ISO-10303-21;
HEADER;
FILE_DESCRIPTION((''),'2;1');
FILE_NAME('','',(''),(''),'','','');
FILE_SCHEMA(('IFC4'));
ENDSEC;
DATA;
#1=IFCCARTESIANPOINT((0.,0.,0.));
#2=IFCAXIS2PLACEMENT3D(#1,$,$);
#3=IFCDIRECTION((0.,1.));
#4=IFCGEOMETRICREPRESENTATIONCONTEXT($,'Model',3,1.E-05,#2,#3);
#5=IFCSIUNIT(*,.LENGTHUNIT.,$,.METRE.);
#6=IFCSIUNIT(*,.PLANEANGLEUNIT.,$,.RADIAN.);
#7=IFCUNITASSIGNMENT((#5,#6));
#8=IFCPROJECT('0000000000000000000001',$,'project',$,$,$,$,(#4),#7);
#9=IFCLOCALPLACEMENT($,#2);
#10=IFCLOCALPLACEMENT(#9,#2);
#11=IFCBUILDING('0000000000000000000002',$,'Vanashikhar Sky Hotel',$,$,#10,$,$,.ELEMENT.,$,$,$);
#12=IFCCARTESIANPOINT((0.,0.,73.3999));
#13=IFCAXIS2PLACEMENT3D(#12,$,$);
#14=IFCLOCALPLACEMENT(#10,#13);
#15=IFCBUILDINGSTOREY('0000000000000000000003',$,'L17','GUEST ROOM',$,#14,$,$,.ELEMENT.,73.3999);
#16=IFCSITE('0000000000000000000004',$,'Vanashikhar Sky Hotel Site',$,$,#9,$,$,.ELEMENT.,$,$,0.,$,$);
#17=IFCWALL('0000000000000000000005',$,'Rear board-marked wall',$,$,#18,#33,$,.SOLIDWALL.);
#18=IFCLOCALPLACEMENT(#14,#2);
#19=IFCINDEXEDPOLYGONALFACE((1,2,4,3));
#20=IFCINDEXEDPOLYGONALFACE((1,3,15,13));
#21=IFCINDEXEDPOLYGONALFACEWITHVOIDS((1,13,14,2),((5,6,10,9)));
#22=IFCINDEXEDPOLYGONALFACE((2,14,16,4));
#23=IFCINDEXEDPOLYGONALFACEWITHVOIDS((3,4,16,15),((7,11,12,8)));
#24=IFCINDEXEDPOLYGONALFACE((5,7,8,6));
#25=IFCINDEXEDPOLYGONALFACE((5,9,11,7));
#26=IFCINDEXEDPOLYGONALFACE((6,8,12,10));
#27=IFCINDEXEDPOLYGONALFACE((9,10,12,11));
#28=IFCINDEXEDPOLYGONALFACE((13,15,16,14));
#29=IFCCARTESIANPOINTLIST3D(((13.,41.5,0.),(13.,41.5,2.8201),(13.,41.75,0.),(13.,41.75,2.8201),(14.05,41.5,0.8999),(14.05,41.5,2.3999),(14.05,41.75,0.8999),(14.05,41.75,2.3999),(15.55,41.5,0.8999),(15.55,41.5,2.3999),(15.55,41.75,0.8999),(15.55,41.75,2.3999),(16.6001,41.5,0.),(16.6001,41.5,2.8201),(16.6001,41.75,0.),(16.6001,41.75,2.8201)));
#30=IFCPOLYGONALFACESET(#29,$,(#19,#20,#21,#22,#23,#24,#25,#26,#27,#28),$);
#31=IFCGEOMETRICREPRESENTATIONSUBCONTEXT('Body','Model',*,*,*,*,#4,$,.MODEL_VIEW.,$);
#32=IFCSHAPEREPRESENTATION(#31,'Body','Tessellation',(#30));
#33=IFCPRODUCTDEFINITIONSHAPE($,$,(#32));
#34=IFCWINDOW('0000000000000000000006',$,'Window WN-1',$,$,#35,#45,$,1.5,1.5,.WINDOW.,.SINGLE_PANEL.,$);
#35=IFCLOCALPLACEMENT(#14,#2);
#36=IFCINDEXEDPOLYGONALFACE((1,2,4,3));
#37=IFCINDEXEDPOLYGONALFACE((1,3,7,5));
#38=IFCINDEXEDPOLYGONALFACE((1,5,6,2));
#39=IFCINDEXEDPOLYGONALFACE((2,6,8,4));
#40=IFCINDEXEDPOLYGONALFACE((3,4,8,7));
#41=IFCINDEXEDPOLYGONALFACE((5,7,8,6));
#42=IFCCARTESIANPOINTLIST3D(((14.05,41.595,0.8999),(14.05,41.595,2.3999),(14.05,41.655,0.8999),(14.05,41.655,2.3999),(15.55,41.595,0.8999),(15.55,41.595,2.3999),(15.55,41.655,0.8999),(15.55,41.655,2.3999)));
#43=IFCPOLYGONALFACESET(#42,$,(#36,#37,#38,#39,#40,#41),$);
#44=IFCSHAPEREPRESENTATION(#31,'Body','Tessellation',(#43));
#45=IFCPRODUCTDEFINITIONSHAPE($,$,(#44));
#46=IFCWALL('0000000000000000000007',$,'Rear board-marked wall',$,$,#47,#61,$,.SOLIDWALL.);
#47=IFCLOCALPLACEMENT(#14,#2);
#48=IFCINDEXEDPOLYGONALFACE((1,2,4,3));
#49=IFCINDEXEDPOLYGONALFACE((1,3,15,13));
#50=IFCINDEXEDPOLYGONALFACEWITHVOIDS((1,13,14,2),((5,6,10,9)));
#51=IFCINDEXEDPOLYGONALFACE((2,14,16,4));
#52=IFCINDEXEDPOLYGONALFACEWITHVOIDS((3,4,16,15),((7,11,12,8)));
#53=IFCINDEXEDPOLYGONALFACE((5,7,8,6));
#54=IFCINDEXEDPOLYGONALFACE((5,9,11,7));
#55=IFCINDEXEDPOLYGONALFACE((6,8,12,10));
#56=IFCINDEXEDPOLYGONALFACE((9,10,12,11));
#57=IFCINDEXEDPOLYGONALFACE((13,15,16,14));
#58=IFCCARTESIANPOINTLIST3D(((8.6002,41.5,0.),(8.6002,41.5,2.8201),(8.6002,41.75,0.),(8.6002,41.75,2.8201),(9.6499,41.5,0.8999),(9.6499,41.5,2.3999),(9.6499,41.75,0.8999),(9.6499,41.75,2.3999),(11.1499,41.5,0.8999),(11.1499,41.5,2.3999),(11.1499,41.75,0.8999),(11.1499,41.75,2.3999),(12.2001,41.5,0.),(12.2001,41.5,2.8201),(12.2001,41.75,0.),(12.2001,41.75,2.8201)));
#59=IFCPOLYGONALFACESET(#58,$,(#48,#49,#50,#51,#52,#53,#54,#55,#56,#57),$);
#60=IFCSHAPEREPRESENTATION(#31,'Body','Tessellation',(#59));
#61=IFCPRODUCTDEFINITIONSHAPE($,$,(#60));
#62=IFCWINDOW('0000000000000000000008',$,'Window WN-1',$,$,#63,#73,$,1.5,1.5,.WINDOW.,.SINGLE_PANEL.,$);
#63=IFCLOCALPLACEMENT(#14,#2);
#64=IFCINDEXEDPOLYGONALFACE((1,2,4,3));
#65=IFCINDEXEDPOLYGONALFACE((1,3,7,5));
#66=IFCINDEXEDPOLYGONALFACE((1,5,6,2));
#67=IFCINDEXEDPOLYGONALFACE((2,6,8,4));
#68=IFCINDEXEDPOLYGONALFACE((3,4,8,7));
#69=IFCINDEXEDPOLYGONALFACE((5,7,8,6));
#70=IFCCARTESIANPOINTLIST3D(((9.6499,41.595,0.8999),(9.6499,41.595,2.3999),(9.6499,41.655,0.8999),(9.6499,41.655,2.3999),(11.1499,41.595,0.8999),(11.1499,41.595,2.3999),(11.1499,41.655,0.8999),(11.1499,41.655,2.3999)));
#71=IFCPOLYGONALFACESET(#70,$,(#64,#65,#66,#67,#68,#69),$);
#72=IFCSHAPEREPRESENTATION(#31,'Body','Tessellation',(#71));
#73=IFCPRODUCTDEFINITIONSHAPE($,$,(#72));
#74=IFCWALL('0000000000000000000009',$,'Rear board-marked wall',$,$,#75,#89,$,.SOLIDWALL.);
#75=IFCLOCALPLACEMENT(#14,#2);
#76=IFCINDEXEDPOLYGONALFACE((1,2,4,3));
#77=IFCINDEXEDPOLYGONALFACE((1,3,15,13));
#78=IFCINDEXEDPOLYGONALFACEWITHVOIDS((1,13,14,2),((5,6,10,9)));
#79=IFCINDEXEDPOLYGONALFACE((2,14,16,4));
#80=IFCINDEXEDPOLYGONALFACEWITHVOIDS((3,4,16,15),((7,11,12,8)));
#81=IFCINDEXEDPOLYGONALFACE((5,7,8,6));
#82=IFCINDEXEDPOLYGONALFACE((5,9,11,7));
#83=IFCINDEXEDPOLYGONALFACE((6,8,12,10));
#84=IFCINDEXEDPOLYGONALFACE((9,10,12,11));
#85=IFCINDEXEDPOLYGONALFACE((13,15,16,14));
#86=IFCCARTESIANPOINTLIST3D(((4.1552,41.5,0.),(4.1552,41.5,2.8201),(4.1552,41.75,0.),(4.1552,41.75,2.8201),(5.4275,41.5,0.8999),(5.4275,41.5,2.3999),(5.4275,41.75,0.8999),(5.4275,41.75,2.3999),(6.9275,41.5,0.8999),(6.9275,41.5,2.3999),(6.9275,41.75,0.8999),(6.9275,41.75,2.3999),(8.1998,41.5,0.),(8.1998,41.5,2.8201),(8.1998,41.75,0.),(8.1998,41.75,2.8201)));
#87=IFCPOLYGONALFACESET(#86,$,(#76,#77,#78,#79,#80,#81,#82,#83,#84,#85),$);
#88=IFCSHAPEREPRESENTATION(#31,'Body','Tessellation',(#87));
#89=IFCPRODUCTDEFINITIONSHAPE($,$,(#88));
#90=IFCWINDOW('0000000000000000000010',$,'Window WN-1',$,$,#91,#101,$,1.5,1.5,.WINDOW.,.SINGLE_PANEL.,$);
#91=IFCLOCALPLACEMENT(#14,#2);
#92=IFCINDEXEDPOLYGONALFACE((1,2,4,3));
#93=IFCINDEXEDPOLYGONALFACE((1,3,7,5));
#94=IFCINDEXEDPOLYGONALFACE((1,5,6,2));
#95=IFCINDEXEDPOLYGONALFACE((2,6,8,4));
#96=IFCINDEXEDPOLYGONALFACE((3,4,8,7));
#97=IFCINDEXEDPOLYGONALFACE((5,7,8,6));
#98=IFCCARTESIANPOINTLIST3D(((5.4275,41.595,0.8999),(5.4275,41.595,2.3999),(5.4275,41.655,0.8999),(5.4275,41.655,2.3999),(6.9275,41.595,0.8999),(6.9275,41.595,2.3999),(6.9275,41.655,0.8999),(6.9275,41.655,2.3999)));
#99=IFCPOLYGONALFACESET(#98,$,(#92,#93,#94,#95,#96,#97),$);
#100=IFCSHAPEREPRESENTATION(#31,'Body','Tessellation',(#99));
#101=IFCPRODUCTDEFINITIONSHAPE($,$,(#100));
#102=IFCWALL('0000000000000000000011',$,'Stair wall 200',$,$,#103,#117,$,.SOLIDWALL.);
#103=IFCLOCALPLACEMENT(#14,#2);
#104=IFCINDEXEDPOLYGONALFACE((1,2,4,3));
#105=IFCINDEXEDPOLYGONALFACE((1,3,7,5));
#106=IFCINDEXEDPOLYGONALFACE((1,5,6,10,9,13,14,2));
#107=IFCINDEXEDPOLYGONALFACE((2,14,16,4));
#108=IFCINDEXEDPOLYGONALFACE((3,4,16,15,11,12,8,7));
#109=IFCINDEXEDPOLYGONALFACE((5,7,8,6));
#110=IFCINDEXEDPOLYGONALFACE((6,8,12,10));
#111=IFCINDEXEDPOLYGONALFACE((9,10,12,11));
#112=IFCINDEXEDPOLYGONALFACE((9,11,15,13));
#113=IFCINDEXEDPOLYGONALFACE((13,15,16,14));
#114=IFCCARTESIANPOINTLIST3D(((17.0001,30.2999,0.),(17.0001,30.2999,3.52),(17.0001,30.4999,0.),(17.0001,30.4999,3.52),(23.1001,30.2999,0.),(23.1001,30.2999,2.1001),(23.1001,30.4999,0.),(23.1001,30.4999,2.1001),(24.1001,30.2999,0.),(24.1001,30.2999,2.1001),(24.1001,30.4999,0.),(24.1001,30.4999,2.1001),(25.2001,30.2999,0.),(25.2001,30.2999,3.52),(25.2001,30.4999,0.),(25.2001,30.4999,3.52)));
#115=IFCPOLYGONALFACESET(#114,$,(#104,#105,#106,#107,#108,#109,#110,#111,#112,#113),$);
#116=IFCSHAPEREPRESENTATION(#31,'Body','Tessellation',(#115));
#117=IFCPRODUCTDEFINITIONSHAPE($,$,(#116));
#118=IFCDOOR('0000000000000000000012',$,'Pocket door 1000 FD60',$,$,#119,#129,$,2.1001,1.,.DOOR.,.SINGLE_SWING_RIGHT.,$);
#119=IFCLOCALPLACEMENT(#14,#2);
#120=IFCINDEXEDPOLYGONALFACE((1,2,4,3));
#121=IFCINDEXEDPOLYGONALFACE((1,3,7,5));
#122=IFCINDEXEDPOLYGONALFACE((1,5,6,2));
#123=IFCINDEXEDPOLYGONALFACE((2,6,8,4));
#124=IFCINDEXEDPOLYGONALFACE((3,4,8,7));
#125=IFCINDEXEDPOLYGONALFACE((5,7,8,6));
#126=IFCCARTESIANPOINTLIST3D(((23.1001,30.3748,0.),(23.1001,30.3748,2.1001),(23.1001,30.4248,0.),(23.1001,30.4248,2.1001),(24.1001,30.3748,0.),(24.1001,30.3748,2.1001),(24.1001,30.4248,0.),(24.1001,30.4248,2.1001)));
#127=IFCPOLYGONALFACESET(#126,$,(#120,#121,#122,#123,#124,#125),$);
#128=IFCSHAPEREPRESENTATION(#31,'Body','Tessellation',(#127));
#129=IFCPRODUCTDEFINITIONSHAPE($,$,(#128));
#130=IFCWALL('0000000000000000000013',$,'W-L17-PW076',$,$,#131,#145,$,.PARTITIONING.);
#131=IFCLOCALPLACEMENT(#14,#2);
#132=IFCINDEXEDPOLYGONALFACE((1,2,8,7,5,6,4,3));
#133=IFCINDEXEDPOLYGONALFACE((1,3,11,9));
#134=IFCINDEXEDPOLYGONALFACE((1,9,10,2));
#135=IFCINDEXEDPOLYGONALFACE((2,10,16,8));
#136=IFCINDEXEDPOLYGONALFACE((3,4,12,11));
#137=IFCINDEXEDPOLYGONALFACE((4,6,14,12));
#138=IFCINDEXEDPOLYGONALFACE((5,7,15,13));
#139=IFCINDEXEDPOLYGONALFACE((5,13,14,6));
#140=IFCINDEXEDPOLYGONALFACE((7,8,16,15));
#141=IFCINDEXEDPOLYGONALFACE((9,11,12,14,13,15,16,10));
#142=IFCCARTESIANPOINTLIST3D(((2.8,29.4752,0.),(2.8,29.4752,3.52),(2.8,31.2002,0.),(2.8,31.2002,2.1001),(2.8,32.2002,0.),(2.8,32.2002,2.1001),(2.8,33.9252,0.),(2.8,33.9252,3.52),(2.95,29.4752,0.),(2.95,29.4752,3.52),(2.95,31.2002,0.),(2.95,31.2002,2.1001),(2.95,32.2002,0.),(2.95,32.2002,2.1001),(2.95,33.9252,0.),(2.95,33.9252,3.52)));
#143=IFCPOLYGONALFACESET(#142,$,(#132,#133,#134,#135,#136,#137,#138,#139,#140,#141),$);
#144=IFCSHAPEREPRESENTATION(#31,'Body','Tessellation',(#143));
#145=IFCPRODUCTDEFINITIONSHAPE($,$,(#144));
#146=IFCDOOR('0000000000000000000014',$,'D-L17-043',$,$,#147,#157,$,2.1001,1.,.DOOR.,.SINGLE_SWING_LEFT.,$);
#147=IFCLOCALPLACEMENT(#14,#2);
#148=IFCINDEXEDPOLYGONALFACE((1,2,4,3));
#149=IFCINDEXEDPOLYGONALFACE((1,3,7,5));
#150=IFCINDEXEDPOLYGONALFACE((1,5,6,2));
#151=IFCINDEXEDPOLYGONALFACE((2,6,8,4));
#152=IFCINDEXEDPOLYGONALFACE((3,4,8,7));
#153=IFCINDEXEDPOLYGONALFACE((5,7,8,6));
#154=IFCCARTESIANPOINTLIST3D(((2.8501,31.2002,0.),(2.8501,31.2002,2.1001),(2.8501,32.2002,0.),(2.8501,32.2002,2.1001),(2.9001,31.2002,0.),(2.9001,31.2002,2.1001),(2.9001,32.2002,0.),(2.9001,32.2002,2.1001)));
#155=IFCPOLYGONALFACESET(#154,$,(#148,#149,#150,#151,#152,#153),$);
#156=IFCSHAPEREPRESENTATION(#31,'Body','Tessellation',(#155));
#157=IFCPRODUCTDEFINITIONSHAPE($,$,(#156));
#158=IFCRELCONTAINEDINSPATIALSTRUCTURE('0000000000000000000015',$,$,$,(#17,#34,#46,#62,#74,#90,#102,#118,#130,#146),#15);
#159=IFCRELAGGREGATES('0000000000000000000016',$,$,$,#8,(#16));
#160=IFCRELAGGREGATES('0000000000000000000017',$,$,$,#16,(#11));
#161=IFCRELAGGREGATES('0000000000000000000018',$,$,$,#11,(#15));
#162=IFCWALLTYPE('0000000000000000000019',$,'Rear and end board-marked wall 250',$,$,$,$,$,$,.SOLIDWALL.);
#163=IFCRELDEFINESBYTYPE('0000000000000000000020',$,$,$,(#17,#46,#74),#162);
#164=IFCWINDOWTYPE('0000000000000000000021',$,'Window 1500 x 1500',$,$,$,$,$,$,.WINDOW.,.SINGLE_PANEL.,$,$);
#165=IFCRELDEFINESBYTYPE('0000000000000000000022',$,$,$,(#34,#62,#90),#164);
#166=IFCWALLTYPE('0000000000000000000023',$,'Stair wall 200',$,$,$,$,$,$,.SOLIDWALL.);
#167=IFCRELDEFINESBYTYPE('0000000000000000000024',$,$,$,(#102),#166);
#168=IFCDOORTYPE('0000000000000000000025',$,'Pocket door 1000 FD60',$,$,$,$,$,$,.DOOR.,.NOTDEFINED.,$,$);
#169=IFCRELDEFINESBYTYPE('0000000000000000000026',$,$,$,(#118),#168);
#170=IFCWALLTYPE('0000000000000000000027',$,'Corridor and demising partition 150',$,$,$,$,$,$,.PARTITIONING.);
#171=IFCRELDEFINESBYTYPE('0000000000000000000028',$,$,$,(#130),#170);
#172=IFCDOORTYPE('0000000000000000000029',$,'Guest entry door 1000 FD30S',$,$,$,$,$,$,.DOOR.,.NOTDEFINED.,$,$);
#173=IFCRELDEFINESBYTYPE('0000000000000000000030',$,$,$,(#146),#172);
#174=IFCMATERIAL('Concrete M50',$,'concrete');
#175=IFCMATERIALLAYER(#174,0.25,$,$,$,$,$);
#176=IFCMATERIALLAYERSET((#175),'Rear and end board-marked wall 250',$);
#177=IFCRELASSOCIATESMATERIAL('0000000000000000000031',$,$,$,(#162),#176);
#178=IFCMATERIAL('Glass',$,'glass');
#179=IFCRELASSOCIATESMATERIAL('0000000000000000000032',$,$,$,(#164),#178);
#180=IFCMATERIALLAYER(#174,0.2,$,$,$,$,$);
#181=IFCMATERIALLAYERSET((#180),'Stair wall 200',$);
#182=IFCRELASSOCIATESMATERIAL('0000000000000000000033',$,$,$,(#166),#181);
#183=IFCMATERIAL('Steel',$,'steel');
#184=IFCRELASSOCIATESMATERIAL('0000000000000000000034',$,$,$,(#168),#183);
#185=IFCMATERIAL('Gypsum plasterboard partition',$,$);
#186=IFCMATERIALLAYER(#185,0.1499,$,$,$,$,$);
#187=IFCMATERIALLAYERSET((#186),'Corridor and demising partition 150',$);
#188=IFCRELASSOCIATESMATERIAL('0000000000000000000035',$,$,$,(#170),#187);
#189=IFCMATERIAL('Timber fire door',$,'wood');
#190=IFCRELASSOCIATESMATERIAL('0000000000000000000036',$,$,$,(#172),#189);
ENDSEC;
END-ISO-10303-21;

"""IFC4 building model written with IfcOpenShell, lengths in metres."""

from ifc_helpers import new_model, si_unit, direction, frame, frame_2d, origin, place, context, subcontext, project, spatial, rectangle, extrude, source, transform, mapped, material, layer, layer_set, type_object, element, fill, save


model = new_model("IFC4")

# Units and contexts
model_context = context("Model", 3, precision=1e-05, world=origin(), true_north=direction((0.0, 1.0)))
body_context = subcontext(model_context, "Body", "Model", "MODEL_VIEW")
ifc_project = project(units=[si_unit("LENGTHUNIT", "METRE"), si_unit("PLANEANGLEUNIT", "RADIAN")], contexts=[model_context])

# Site, building, storey
site_placement = place(None, origin())
site = spatial("IfcSite", under=ifc_project, at=site_placement, Name="Vanashikhar Sky Hotel Site", CompositionType="ELEMENT", RefElevation=0.0)
building_placement = place(site_placement, origin())
building = spatial("IfcBuilding", under=site, at=building_placement, Name="Vanashikhar Sky Hotel", CompositionType="ELEMENT")
storey_placement = place(building_placement, frame((0.0, 0.0, 73.3999)))
storey = spatial("IfcBuildingStorey", under=building, at=storey_placement, Name="L17", Description="GUEST ROOM", CompositionType="ELEMENT", Elevation=73.3999)

# Shared definitions
ifc_material_1 = material(Name="Concrete M50", Category="concrete")

# Shared definitions
ifc_material_2 = material(Name="Glass", Category="glass")

# Shared definitions
ifc_layer_1 = layer(ifc_material_1, 0.25)
ifc_layer_set_1 = layer_set([ifc_layer_1], Name="Rear and end board-marked wall 250")
wall_type_1 = type_object("IfcWallType", Name="Rear and end board-marked wall 250", PredefinedType="SOLIDWALL", material=ifc_layer_set_1)

# Walls, openings, windows
shared_shape_1 = source(origin(), body_context, "Body", "SweptSolid", [
    extrude(rectangle(XDim=3.6001, YDim=0.25, at=frame_2d((1.8, 0.0))), origin(), (0.0, 0.0, 1.0), 2.8201),
])
wall_1_placement = place(storey_placement, frame((16.6001, 41.625, 0.0), z_axis=(0.0, 0.0, 1.0), x_axis=(-1.0, 0.0, 0.0)))
wall_1 = element("IfcWall", 1, at=wall_1_placement, inside=storey, type_object=wall_type_1, Name="Rear board-marked wall", PredefinedType="SOLIDWALL", context=body_context, shape_type="MappedRepresentation", body=[
    mapped(shared_shape_1, transform((0.0, 0.0, 0.0), scale=1.0)),
])
shared_shape_2 = source(origin(), body_context, "Body", "SweptSolid", [
    extrude(rectangle(XDim=1.5, YDim=1.5, at=frame_2d((0.75, 0.75))), frame((0.0, 0.135, 0.0), z_axis=(0.0, -1.0, 0.0), x_axis=(1.0, 0.0, 0.0)), (0.0, 0.0, 1.0), 0.27),
])
opening_1_placement = place(wall_1_placement, frame((1.05, 0.0, 0.8999)))
opening_1 = element("IfcOpeningElement", 2, at=opening_1_placement, cuts=wall_1, PredefinedType="OPENING", context=body_context, shape_type="MappedRepresentation", body=[
    mapped(shared_shape_2, transform((0.0, 0.0, 0.0), scale=1.0)),
])
window_type_1 = type_object("IfcWindowType", Name="Window 1500 x 1500", PartitioningType="SINGLE_PANEL", PredefinedType="WINDOW", material=ifc_material_2)
shared_shape_3 = source(origin(), body_context, "Body", "SweptSolid", [
    extrude(rectangle(XDim=1.5, YDim=1.5, at=frame_2d((0.75, 0.75))), frame((0.0, 0.03, 0.0), z_axis=(0.0, -1.0, 0.0), x_axis=(1.0, 0.0, 0.0)), (0.0, 0.0, 1.0), 0.0601),
])
window_1_placement = place(opening_1_placement, origin())
window_1 = element("IfcWindow", 3, at=window_1_placement, inside=storey, type_object=window_type_1, Name="Window WN-1", OverallHeight=1.5, OverallWidth=1.5, PartitioningType="SINGLE_PANEL", PredefinedType="WINDOW", context=body_context, shape_type="MappedRepresentation", body=[
    mapped(shared_shape_3, transform((0.0, 0.0, 0.0), scale=1.0)),
])
fill(opening_1, window_1)
shared_shape_4 = source(origin(), body_context, "Body", "SweptSolid", [
    extrude(rectangle(XDim=3.5999, YDim=0.25, at=frame_2d((1.7998, 0.0))), origin(), (0.0, 0.0, 1.0), 2.8201),
])
wall_2_placement = place(storey_placement, frame((12.2, 41.625, 0.0), z_axis=(0.0, 0.0, 1.0), x_axis=(-1.0, 0.0, 0.0)))
wall_2 = element("IfcWall", 4, at=wall_2_placement, inside=storey, type_object=wall_type_1, Name="Rear board-marked wall", PredefinedType="SOLIDWALL", context=body_context, shape_type="MappedRepresentation", body=[
    mapped(shared_shape_4, transform((0.0, 0.0, 0.0), scale=1.0)),
])
opening_2_placement = place(wall_2_placement, frame((1.05, 0.0, 0.8999)))
opening_2 = element("IfcOpeningElement", 5, at=opening_2_placement, cuts=wall_2, PredefinedType="OPENING", context=body_context, shape_type="MappedRepresentation", body=[
    mapped(shared_shape_2, transform((0.0, 0.0, 0.0), scale=1.0)),
])
window_2_placement = place(opening_2_placement, origin())
window_2 = element("IfcWindow", 6, at=window_2_placement, inside=storey, type_object=window_type_1, Name="Window WN-1", OverallHeight=1.5, OverallWidth=1.5, PartitioningType="SINGLE_PANEL", PredefinedType="WINDOW", context=body_context, shape_type="MappedRepresentation", body=[
    mapped(shared_shape_3, transform((0.0, 0.0, 0.0), scale=1.0)),
])
fill(opening_2, window_2)
shared_shape_5 = source(origin(), body_context, "Body", "SweptSolid", [
    extrude(rectangle(XDim=4.0447, YDim=0.25, at=frame_2d((2.0225, 0.0))), origin(), (0.0, 0.0, 1.0), 2.8201),
])
wall_3_placement = place(storey_placement, frame((8.2, 41.625, 0.0), z_axis=(0.0, 0.0, 1.0), x_axis=(-1.0, 0.0, 0.0)))
wall_3 = element("IfcWall", 7, at=wall_3_placement, inside=storey, type_object=wall_type_1, Name="Rear board-marked wall", PredefinedType="SOLIDWALL", context=body_context, shape_type="MappedRepresentation", body=[
    mapped(shared_shape_5, transform((0.0, 0.0, 0.0), scale=1.0)),
])
opening_3_placement = place(wall_3_placement, frame((1.2725, 0.0, 0.8999)))
opening_3 = element("IfcOpeningElement", 8, at=opening_3_placement, cuts=wall_3, PredefinedType="OPENING", context=body_context, shape_type="MappedRepresentation", body=[
    mapped(shared_shape_2, transform((0.0, 0.0, 0.0), scale=1.0)),
])
window_3_placement = place(opening_3_placement, origin())
window_3 = element("IfcWindow", 9, at=window_3_placement, inside=storey, type_object=window_type_1, Name="Window WN-1", OverallHeight=1.5, OverallWidth=1.5, PartitioningType="SINGLE_PANEL", PredefinedType="WINDOW", context=body_context, shape_type="MappedRepresentation", body=[
    mapped(shared_shape_3, transform((0.0, 0.0, 0.0), scale=1.0)),
])
fill(opening_3, window_3)

# Walls, openings, doors
ifc_layer_2 = layer(ifc_material_1, 0.2)
ifc_layer_set_2 = layer_set([ifc_layer_2], Name="Stair wall 200")
wall_type_2 = type_object("IfcWallType", Name="Stair wall 200", PredefinedType="SOLIDWALL", material=ifc_layer_set_2)
shared_shape_6 = source(origin(), body_context, "Body", "SweptSolid", [
    extrude(rectangle(XDim=8.2, YDim=0.2, at=frame_2d((4.1001, 0.0))), origin(), (0.0, 0.0, 1.0), 3.52),
])
wall_4_placement = place(storey_placement, frame((17.0, 30.3999, 0.0), z_axis=(0.0, 0.0, 1.0), x_axis=(1.0, 0.0, 0.0)))
wall_4 = element("IfcWall", 10, at=wall_4_placement, inside=storey, type_object=wall_type_2, Name="Stair wall 200", PredefinedType="SOLIDWALL", context=body_context, shape_type="MappedRepresentation", body=[
    mapped(shared_shape_6, transform((0.0, 0.0, 0.0), scale=1.0)),
])
shared_shape_7 = source(origin(), body_context, "Body", "SweptSolid", [
    extrude(rectangle(XDim=1.0, YDim=2.1001, at=frame_2d((0.5, 1.05))), frame((0.0, 0.1099, 0.0), z_axis=(0.0, -1.0, 0.0), x_axis=(1.0, 0.0, 0.0)), (0.0, 0.0, 1.0), 0.22),
])
opening_4_placement = place(wall_4_placement, frame((6.1001, 0.0, 0.0)))
opening_4 = element("IfcOpeningElement", 11, at=opening_4_placement, cuts=wall_4, PredefinedType="OPENING", context=body_context, shape_type="MappedRepresentation", body=[
    mapped(shared_shape_7, transform((0.0, 0.0, 0.0), scale=1.0)),
])
ifc_material_3 = material(Name="Steel", Category="steel")
door_type_1 = type_object("IfcDoorType", Name="Pocket door 1000 FD60", OperationType="NOTDEFINED", PredefinedType="DOOR", material=ifc_material_3)
shared_shape_8 = source(origin(), body_context, "Body", "SweptSolid", [
    extrude(rectangle(XDim=1.0, YDim=2.1001, at=frame_2d((0.5, 1.05))), frame((0.0, 0.0249, 0.0), z_axis=(0.0, -1.0, 0.0), x_axis=(1.0, 0.0, 0.0)), (0.0, 0.0, 1.0), 0.05),
])
door_1_placement = place(opening_4_placement, origin())
door_1 = element("IfcDoor", 12, at=door_1_placement, inside=storey, type_object=door_type_1, Name="Pocket door 1000 FD60", OperationType="SINGLE_SWING_RIGHT", OverallHeight=2.1001, OverallWidth=1.0, PredefinedType="DOOR", context=body_context, shape_type="MappedRepresentation", body=[
    mapped(shared_shape_8, transform((0.0, 0.0, 0.0), scale=1.0)),
])
fill(opening_4, door_1)
ifc_material_4 = material(Name="Gypsum plasterboard partition")
ifc_layer_3 = layer(ifc_material_4, 0.1499)
ifc_layer_set_3 = layer_set([ifc_layer_3], Name="Corridor and demising partition 150")
wall_type_3 = type_object("IfcWallType", Name="Corridor and demising partition 150", PredefinedType="PARTITIONING", material=ifc_layer_set_3)
shared_shape_9 = source(origin(), body_context, "Body", "SweptSolid", [
    extrude(rectangle(XDim=4.45, YDim=0.1499, at=frame_2d((2.2251, 0.0))), origin(), (0.0, 0.0, 1.0), 3.52),
])
wall_5_placement = place(storey_placement, frame((2.875, 29.4751, 0.0), z_axis=(0.0, 0.0, 1.0), x_axis=(0.0, 1.0, 0.0)))
wall_5 = element("IfcWall", 13, at=wall_5_placement, inside=storey, type_object=wall_type_3, Name="W-L17-PW076", PredefinedType="PARTITIONING", context=body_context, shape_type="MappedRepresentation", body=[
    mapped(shared_shape_9, transform((0.0, 0.0, 0.0), scale=1.0)),
])
shared_shape_10 = source(origin(), body_context, "Body", "SweptSolid", [
    extrude(rectangle(XDim=1.0, YDim=2.1001, at=frame_2d((0.5, 1.05))), frame((0.0, 0.085, 0.0), z_axis=(0.0, -1.0, 0.0), x_axis=(1.0, 0.0, 0.0)), (0.0, 0.0, 1.0), 0.1699),
])
opening_5_placement = place(wall_5_placement, frame((1.7251, 0.0, 0.0)))
opening_5 = element("IfcOpeningElement", 14, at=opening_5_placement, cuts=wall_5, PredefinedType="OPENING", context=body_context, shape_type="MappedRepresentation", body=[
    mapped(shared_shape_10, transform((0.0, 0.0, 0.0), scale=1.0)),
])
ifc_material_5 = material(Name="Timber fire door", Category="wood")
door_type_2 = type_object("IfcDoorType", Name="Guest entry door 1000 FD30S", OperationType="NOTDEFINED", PredefinedType="DOOR", material=ifc_material_5)
door_2_placement = place(opening_5_placement, origin())
door_2 = element("IfcDoor", 15, at=door_2_placement, inside=storey, type_object=door_type_2, Name="D-L17-043", OperationType="SINGLE_SWING_LEFT", OverallHeight=2.1001, OverallWidth=1.0, PredefinedType="DOOR", context=body_context, shape_type="MappedRepresentation", body=[
    mapped(shared_shape_8, transform((0.0, 0.0, 0.0), scale=1.0)),
])
fill(opening_5, door_2)

save(model, "model.ifc")
